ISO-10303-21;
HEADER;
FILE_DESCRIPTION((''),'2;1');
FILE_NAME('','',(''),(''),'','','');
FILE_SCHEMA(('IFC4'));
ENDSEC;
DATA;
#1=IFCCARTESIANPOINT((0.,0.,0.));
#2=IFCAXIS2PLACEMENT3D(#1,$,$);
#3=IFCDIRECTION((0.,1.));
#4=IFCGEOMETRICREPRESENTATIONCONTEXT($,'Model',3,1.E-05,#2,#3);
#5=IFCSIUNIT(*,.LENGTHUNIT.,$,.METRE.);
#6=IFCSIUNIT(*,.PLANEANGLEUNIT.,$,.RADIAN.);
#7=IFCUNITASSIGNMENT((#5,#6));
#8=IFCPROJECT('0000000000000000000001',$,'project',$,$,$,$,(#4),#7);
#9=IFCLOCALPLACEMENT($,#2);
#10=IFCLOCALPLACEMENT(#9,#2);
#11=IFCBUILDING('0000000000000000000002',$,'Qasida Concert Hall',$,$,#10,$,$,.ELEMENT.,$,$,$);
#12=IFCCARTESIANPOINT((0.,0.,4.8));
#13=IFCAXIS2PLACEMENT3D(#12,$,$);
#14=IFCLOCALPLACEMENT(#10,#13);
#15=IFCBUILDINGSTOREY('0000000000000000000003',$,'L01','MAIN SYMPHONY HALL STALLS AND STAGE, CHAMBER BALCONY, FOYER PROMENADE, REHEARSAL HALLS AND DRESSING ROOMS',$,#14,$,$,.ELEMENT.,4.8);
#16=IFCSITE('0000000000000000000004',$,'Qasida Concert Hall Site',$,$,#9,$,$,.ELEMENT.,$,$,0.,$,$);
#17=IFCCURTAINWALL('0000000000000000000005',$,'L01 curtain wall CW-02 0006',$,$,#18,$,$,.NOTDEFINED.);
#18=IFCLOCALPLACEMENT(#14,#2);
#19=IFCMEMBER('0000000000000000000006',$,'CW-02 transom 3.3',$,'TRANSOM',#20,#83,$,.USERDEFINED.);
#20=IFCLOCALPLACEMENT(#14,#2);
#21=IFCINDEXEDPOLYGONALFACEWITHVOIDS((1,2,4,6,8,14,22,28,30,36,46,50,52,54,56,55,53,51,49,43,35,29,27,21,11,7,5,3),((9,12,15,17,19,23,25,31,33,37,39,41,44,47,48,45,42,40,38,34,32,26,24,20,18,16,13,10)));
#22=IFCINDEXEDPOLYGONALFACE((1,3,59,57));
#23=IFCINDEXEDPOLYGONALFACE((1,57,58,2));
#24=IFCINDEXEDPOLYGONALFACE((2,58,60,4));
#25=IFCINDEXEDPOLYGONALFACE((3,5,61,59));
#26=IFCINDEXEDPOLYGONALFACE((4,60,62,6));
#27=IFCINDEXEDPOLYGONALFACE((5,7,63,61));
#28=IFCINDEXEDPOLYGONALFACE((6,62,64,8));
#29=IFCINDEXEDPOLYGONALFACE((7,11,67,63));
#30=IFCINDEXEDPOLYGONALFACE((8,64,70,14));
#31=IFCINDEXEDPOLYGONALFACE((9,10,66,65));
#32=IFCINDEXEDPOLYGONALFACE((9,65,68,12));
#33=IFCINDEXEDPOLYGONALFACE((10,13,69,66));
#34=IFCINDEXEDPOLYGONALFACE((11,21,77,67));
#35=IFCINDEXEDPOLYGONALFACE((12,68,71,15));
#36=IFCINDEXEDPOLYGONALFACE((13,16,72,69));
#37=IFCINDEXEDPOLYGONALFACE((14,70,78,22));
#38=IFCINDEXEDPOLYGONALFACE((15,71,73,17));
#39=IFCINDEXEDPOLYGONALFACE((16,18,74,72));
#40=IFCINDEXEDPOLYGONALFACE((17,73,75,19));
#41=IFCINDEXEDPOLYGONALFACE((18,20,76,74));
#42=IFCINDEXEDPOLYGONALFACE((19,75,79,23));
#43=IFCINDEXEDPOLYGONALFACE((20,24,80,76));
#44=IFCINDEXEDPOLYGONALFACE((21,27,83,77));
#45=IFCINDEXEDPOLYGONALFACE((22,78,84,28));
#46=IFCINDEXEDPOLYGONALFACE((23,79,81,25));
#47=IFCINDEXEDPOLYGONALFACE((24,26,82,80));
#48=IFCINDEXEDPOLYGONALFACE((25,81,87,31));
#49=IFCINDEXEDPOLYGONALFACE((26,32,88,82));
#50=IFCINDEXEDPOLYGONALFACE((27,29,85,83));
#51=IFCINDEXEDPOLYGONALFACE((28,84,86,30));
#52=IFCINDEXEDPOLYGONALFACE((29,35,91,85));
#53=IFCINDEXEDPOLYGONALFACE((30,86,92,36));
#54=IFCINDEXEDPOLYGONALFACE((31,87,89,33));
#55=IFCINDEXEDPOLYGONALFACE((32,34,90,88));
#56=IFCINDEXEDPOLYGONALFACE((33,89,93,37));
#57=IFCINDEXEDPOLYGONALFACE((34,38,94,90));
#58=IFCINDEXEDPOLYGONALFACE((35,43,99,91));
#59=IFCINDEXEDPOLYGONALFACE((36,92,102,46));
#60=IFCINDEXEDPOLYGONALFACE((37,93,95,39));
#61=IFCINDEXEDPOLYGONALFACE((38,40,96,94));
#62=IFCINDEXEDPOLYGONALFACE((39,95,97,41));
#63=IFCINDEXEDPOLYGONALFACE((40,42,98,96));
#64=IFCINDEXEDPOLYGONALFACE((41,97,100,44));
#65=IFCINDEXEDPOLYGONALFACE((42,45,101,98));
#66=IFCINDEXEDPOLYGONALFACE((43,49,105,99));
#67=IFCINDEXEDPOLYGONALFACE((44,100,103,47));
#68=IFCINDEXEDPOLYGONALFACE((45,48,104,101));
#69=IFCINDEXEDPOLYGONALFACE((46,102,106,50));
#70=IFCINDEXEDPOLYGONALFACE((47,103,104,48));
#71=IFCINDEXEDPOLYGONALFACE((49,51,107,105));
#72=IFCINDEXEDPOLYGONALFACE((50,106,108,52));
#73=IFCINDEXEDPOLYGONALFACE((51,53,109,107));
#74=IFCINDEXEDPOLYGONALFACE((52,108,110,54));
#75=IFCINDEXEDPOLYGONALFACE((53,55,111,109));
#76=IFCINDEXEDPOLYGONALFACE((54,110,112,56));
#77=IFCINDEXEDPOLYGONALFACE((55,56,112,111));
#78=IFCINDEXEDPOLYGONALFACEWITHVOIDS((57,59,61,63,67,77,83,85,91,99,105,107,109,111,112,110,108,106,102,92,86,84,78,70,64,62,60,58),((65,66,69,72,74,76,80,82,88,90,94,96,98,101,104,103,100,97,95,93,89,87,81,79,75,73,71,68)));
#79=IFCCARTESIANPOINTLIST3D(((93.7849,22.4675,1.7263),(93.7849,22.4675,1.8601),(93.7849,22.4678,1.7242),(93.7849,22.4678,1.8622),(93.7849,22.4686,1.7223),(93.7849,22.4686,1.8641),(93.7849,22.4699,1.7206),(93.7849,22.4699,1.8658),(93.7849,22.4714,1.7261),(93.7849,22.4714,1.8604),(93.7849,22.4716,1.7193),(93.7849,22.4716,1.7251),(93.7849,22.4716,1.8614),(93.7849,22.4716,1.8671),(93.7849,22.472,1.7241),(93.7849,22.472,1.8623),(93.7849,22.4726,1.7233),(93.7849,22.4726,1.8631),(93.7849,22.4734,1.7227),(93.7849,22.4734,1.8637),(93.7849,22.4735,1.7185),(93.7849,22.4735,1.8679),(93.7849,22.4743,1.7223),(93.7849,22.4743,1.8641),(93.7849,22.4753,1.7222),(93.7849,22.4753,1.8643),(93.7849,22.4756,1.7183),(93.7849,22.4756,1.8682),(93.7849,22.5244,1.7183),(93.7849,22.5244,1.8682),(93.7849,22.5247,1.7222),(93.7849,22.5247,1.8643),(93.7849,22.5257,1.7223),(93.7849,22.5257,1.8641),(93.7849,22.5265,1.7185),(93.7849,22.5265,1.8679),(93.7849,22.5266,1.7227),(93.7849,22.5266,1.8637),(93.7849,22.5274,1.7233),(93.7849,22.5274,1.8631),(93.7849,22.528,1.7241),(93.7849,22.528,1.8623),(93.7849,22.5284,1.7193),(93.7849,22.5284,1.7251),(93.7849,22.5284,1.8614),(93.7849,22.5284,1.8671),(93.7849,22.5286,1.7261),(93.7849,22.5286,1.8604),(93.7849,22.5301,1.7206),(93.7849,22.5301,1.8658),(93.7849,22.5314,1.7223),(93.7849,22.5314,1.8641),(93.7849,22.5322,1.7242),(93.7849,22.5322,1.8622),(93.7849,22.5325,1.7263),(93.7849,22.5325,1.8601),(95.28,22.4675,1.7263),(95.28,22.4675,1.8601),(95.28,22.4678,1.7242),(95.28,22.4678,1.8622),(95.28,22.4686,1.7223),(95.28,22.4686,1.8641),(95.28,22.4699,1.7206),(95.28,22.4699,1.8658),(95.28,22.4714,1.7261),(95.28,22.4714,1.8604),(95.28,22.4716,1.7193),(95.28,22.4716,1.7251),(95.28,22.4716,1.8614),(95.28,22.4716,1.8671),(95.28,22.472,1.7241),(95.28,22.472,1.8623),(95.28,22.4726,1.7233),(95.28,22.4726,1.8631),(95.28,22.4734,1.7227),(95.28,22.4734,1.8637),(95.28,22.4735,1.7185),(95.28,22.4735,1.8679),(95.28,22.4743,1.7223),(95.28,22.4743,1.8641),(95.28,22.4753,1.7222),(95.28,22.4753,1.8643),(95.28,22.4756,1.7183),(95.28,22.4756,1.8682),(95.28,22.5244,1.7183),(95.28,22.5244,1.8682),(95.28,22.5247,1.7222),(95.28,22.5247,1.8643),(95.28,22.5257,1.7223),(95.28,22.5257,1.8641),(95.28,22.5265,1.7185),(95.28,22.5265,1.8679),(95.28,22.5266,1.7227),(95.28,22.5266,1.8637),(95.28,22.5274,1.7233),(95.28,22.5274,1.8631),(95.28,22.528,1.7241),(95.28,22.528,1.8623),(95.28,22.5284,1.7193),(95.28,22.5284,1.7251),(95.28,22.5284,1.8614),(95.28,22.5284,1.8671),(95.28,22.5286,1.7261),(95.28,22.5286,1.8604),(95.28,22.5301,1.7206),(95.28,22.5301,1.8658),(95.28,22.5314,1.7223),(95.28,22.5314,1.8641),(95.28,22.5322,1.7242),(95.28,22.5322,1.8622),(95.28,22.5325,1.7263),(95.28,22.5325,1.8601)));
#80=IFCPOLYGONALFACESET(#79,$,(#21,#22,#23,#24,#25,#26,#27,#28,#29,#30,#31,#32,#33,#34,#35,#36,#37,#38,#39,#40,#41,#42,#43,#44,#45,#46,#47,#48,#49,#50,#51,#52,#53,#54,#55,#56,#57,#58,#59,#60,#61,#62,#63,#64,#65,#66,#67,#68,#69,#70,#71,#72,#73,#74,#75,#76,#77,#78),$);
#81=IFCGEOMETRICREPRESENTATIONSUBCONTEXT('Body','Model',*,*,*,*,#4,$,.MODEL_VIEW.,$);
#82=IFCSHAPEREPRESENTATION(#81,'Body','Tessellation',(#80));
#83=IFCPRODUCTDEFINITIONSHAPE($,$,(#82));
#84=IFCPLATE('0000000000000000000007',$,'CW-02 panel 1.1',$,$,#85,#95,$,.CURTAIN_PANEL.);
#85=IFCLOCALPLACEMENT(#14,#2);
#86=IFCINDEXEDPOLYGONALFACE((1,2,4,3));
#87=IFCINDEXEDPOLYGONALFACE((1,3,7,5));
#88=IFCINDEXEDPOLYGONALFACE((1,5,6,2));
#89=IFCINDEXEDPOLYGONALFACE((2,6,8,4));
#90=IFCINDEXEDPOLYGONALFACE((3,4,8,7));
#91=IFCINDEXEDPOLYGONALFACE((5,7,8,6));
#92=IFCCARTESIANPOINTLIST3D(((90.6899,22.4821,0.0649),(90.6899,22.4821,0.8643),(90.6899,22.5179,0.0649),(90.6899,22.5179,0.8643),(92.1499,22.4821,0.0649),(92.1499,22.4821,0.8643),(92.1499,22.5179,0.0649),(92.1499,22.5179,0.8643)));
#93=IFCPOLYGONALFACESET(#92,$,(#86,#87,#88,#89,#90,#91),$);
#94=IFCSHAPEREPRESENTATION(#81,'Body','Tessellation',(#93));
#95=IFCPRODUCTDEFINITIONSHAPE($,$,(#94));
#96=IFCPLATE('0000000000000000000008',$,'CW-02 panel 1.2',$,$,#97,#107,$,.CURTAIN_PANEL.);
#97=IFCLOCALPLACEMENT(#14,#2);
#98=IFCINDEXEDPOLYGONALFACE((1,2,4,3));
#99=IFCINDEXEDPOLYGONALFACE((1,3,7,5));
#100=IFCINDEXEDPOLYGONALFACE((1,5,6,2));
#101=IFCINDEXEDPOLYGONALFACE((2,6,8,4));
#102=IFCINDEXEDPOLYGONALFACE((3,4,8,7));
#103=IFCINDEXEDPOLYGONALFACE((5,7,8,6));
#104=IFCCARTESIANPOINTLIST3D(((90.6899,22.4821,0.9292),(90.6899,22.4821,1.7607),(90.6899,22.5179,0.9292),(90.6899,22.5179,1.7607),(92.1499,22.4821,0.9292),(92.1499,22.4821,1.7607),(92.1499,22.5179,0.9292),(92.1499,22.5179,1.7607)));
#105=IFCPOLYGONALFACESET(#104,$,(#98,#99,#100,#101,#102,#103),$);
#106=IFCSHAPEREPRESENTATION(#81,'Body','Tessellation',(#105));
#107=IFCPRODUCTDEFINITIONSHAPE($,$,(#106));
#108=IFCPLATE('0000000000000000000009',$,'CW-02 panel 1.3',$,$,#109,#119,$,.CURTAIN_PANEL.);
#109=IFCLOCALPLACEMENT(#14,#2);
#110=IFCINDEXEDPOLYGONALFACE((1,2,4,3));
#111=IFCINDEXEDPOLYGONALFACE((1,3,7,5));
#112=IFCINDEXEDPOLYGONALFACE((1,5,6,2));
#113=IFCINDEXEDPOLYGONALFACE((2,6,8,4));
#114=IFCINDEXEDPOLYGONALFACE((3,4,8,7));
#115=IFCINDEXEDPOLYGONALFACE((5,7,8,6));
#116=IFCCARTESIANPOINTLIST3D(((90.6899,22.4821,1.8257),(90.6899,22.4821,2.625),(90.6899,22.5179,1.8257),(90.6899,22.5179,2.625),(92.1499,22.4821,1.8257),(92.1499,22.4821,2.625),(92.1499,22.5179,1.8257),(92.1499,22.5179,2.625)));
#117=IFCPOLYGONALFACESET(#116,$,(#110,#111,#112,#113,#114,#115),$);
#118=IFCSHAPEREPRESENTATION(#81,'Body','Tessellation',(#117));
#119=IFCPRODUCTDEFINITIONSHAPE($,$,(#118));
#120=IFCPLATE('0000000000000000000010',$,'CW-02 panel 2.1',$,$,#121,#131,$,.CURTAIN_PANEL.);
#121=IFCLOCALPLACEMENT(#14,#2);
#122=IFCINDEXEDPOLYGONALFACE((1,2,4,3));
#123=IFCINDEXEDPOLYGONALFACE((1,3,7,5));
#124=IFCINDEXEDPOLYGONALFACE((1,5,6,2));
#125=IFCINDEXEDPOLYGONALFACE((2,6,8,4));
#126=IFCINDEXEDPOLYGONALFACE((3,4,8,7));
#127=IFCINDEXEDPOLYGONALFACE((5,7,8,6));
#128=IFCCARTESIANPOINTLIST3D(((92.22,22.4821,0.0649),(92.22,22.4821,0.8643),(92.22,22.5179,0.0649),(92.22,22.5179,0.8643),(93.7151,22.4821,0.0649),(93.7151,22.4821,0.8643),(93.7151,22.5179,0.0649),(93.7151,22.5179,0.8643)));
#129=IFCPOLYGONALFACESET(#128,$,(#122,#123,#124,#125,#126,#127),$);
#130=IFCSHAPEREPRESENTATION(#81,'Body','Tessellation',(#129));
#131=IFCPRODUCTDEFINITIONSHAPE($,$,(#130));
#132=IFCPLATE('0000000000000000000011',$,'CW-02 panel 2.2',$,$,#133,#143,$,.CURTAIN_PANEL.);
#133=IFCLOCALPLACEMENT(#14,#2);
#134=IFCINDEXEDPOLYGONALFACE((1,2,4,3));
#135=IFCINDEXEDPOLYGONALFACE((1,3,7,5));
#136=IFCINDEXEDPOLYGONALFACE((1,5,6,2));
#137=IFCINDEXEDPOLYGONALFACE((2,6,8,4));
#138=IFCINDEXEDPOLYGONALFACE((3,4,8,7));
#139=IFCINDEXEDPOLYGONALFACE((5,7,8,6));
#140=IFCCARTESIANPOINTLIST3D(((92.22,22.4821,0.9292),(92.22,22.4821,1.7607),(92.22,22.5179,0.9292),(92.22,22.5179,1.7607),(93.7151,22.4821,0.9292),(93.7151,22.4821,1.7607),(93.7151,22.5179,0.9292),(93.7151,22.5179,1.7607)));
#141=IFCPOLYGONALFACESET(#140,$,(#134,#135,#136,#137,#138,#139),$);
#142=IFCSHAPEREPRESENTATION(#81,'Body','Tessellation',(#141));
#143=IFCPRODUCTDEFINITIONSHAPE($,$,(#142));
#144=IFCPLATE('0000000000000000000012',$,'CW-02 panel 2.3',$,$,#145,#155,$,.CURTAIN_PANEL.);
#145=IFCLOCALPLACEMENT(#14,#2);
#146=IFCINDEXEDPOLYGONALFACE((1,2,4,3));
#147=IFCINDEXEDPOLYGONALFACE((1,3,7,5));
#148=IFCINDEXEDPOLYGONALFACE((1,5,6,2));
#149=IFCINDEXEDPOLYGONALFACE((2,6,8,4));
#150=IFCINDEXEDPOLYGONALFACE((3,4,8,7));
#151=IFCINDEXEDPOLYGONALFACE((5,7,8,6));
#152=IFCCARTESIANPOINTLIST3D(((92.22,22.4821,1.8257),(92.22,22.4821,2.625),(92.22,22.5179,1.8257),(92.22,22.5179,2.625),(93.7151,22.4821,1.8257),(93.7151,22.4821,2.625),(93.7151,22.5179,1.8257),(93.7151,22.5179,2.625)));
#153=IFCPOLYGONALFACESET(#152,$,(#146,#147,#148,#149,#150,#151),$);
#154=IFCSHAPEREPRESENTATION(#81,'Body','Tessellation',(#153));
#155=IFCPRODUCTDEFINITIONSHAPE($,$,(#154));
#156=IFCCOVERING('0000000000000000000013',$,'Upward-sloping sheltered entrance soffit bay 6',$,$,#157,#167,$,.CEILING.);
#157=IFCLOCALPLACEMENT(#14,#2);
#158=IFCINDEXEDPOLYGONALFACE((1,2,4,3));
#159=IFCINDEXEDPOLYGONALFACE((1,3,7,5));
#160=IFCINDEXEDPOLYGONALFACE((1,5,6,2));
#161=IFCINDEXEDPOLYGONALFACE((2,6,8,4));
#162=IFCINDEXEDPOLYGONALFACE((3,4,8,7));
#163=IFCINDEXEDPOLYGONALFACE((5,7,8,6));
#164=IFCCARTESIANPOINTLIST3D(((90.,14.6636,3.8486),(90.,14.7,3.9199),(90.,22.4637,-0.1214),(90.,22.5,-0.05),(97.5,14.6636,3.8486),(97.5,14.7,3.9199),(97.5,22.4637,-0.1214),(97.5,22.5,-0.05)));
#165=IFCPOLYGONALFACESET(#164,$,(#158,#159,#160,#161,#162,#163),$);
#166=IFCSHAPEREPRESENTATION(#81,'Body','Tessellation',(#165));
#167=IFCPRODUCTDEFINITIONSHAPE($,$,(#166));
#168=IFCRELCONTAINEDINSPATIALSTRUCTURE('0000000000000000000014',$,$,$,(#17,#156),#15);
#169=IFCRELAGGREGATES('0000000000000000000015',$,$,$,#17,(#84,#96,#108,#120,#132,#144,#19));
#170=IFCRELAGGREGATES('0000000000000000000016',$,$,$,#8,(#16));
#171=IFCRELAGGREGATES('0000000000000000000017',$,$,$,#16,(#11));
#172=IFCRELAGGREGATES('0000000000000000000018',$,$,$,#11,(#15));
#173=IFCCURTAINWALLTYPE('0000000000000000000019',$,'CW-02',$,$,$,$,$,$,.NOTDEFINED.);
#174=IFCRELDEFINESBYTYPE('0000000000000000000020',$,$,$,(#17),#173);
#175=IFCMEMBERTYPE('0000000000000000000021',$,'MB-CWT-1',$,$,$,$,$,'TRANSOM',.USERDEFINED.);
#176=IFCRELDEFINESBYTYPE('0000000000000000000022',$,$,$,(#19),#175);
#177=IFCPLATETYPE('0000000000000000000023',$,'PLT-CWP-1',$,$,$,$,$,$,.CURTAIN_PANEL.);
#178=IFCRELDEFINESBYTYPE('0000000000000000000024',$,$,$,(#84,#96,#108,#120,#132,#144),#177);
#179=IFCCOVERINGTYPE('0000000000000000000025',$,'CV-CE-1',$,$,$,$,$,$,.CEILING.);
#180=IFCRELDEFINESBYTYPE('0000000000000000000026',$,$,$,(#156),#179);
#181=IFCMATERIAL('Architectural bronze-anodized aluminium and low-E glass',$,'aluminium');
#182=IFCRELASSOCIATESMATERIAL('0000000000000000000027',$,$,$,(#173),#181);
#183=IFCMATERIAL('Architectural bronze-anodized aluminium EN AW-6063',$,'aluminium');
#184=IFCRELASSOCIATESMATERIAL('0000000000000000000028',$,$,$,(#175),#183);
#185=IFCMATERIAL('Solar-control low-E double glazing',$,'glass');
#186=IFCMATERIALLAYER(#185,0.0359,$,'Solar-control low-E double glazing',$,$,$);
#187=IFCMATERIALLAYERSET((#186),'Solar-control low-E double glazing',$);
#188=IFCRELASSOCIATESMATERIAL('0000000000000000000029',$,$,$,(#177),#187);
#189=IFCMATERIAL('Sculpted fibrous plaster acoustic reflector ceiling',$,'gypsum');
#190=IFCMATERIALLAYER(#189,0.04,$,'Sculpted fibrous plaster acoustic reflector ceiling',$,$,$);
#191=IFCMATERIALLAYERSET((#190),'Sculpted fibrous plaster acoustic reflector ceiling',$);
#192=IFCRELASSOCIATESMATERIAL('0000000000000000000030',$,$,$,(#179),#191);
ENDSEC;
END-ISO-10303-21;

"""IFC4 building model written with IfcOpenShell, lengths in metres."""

from ifc_helpers import new_model, si_unit, direction, frame, origin, origin_2d, place, context, subcontext, project, spatial, polyline, rectangle, hollow_rectangle, outline, extrude, material, layer, layer_set, material_profile, profile_set, type_object, element, aggregate, save


model = new_model("IFC4")

# Units and contexts
model_context = context("Model", 3, precision=1e-05, world=origin(), true_north=direction((0.0, 1.0)))
body_context = subcontext(model_context, "Body", "Model", "MODEL_VIEW")
ifc_project = project(units=[si_unit("LENGTHUNIT", "METRE"), si_unit("PLANEANGLEUNIT", "RADIAN")], contexts=[model_context])

# Site, building, storey
site_placement = place(None, origin())
site = spatial("IfcSite", under=ifc_project, at=site_placement, Name="Qasida Concert Hall Site", CompositionType="ELEMENT", RefElevation=0.0)
building_placement = place(site_placement, origin())
building = spatial("IfcBuilding", under=site, at=building_placement, Name="Qasida Concert Hall", CompositionType="ELEMENT")
storey_placement = place(building_placement, frame((0.0, 0.0, 4.8)))
storey = spatial("IfcBuildingStorey", under=building, at=storey_placement, Name="L01", Description="MAIN SYMPHONY HALL STALLS AND STAGE, CHAMBER BALCONY, FOYER PROMENADE, REHEARSAL HALLS AND DRESSING ROOMS", CompositionType="ELEMENT", Elevation=4.8)

# Curtain wall, member, plates
ifc_material_1 = material(Name="Architectural bronze-anodized aluminium and low-E glass", Category="aluminium")
curtain_wall_type = type_object("IfcCurtainWallType", Name="CW-02", PredefinedType="NOTDEFINED", material=ifc_material_1)
curtain_wall_placement = place(storey_placement, origin())
curtain_wall = element("IfcCurtainWall", 1, at=curtain_wall_placement, inside=storey, type_object=curtain_wall_type, Name="L01 curtain wall CW-02 0006", PredefinedType="NOTDEFINED")
ifc_material_2 = material(Name="Architectural bronze-anodized aluminium EN AW-6063", Category="aluminium")
ifc_material_profile_1 = material_profile(ifc_material_2, hollow_rectangle(XDim=0.0649, YDim=0.1499, WallThickness=0.0039, InnerFilletRadius=0.0039, OuterFilletRadius=0.0081, at=origin_2d()), Name="CWT 150x65x4")
ifc_profile_set_1 = profile_set([ifc_material_profile_1], Name="Architectural bronze-anodized aluminium EN AW-6063")
member_type_1 = type_object("IfcMemberType", Name="MB-CWT-1", ElementType="TRANSOM", PredefinedType="USERDEFINED", material=ifc_profile_set_1)
member_1_placement = place(storey_placement, frame((93.7849, 22.5, 1.7932), z_axis=(1.0, 0.0, 0.0), x_axis=(0.0, 1.0, 0.0)))
member_1 = element("IfcMember", 2, at=member_1_placement, type_object=member_type_1, Name="CW-02 transom 3.3", ObjectType="TRANSOM", PredefinedType="USERDEFINED", context=body_context, shape_type="SweptSolid", body=[
    extrude(hollow_rectangle(XDim=0.0649, YDim=0.1499, WallThickness=0.0039, InnerFilletRadius=0.0039, OuterFilletRadius=0.0081, at=origin_2d()), origin(), (0.0, 0.0, 1.0), 1.4951),
])
ifc_material_3 = material(Name="Solar-control low-E double glazing", Category="glass")
ifc_layer_1 = layer(ifc_material_3, 0.0359, Name="Solar-control low-E double glazing")
ifc_layer_set_1 = layer_set([ifc_layer_1], Name="Solar-control low-E double glazing")
plate_type = type_object("IfcPlateType", Name="PLT-CWP-1", PredefinedType="CURTAIN_PANEL", material=ifc_layer_set_1)
plate_1_placement = place(storey_placement, frame((91.4199, 22.5, 0.0649), z_axis=(0.0, 0.0, 1.0), x_axis=(1.0, 0.0, 0.0)))
plate_1 = element("IfcPlate", 3, at=plate_1_placement, type_object=plate_type, Name="CW-02 panel 1.1", PredefinedType="CURTAIN_PANEL", context=body_context, shape_type="SweptSolid", body=[
    extrude(rectangle(XDim=1.46, YDim=0.0359, at=origin_2d()), origin(), (0.0, 0.0, 1.0), 0.7993),
])
plate_2_placement = place(storey_placement, frame((91.4199, 22.5, 0.9292), z_axis=(0.0, 0.0, 1.0), x_axis=(1.0, 0.0, 0.0)))
plate_2 = element("IfcPlate", 4, at=plate_2_placement, type_object=plate_type, Name="CW-02 panel 1.2", PredefinedType="CURTAIN_PANEL", context=body_context, shape_type="SweptSolid", body=[
    extrude(rectangle(XDim=1.46, YDim=0.0359, at=origin_2d()), origin(), (0.0, 0.0, 1.0), 0.8315),
])
plate_3_placement = place(storey_placement, frame((91.4199, 22.5, 1.8257), z_axis=(0.0, 0.0, 1.0), x_axis=(1.0, 0.0, 0.0)))
plate_3 = element("IfcPlate", 5, at=plate_3_placement, type_object=plate_type, Name="CW-02 panel 1.3", PredefinedType="CURTAIN_PANEL", context=body_context, shape_type="SweptSolid", body=[
    extrude(rectangle(XDim=1.46, YDim=0.0359, at=origin_2d()), origin(), (0.0, 0.0, 1.0), 0.7993),
])
plate_4_placement = place(storey_placement, frame((92.9675, 22.5, 0.0649), z_axis=(0.0, 0.0, 1.0), x_axis=(1.0, 0.0, 0.0)))
plate_4 = element("IfcPlate", 6, at=plate_4_placement, type_object=plate_type, Name="CW-02 panel 2.1", PredefinedType="CURTAIN_PANEL", context=body_context, shape_type="SweptSolid", body=[
    extrude(rectangle(XDim=1.4951, YDim=0.0359, at=origin_2d()), origin(), (0.0, 0.0, 1.0), 0.7993),
])
plate_5_placement = place(storey_placement, frame((92.9675, 22.5, 0.9292), z_axis=(0.0, 0.0, 1.0), x_axis=(1.0, 0.0, 0.0)))
plate_5 = element("IfcPlate", 7, at=plate_5_placement, type_object=plate_type, Name="CW-02 panel 2.2", PredefinedType="CURTAIN_PANEL", context=body_context, shape_type="SweptSolid", body=[
    extrude(rectangle(XDim=1.4951, YDim=0.0359, at=origin_2d()), origin(), (0.0, 0.0, 1.0), 0.8315),
])
plate_6_placement = place(storey_placement, frame((92.9675, 22.5, 1.8257), z_axis=(0.0, 0.0, 1.0), x_axis=(1.0, 0.0, 0.0)))
plate_6 = element("IfcPlate", 8, at=plate_6_placement, type_object=plate_type, Name="CW-02 panel 2.3", PredefinedType="CURTAIN_PANEL", context=body_context, shape_type="SweptSolid", body=[
    extrude(rectangle(XDim=1.4951, YDim=0.0359, at=origin_2d()), origin(), (0.0, 0.0, 1.0), 0.7993),
])
aggregate(curtain_wall, [plate_1, plate_2, plate_3, plate_4, plate_5, plate_6, member_1])

# Covering
ifc_material_4 = material(Name="Sculpted fibrous plaster acoustic reflector ceiling", Category="gypsum")
ifc_layer_2 = layer(ifc_material_4, 0.04, Name="Sculpted fibrous plaster acoustic reflector ceiling")
ifc_layer_set_2 = layer_set([ifc_layer_2], Name="Sculpted fibrous plaster acoustic reflector ceiling")
covering_type = type_object("IfcCoveringType", Name="CV-CE-1", PredefinedType="CEILING", material=ifc_layer_set_2)
covering_placement = place(storey_placement, frame((90.0, 22.5, -0.05), z_axis=(0.0, 0.453596, 0.891208), x_axis=(1.0, 0.0, 0.0)))
element("IfcCovering", 9, at=covering_placement, inside=storey, type_object=covering_type, Name="Upward-sloping sheltered entrance soffit bay 6", PredefinedType="CEILING", context=body_context, shape_type="SweptSolid", body=[
    extrude(outline(polyline([(0.0, 0.0), (7.5, 0.0), (7.5, -8.7522), (0.0, -8.7522), (0.0, 0.0)])), origin(), (0.0, 0.0, -1.0), 0.0801),
])

save(model, "model.ifc")
